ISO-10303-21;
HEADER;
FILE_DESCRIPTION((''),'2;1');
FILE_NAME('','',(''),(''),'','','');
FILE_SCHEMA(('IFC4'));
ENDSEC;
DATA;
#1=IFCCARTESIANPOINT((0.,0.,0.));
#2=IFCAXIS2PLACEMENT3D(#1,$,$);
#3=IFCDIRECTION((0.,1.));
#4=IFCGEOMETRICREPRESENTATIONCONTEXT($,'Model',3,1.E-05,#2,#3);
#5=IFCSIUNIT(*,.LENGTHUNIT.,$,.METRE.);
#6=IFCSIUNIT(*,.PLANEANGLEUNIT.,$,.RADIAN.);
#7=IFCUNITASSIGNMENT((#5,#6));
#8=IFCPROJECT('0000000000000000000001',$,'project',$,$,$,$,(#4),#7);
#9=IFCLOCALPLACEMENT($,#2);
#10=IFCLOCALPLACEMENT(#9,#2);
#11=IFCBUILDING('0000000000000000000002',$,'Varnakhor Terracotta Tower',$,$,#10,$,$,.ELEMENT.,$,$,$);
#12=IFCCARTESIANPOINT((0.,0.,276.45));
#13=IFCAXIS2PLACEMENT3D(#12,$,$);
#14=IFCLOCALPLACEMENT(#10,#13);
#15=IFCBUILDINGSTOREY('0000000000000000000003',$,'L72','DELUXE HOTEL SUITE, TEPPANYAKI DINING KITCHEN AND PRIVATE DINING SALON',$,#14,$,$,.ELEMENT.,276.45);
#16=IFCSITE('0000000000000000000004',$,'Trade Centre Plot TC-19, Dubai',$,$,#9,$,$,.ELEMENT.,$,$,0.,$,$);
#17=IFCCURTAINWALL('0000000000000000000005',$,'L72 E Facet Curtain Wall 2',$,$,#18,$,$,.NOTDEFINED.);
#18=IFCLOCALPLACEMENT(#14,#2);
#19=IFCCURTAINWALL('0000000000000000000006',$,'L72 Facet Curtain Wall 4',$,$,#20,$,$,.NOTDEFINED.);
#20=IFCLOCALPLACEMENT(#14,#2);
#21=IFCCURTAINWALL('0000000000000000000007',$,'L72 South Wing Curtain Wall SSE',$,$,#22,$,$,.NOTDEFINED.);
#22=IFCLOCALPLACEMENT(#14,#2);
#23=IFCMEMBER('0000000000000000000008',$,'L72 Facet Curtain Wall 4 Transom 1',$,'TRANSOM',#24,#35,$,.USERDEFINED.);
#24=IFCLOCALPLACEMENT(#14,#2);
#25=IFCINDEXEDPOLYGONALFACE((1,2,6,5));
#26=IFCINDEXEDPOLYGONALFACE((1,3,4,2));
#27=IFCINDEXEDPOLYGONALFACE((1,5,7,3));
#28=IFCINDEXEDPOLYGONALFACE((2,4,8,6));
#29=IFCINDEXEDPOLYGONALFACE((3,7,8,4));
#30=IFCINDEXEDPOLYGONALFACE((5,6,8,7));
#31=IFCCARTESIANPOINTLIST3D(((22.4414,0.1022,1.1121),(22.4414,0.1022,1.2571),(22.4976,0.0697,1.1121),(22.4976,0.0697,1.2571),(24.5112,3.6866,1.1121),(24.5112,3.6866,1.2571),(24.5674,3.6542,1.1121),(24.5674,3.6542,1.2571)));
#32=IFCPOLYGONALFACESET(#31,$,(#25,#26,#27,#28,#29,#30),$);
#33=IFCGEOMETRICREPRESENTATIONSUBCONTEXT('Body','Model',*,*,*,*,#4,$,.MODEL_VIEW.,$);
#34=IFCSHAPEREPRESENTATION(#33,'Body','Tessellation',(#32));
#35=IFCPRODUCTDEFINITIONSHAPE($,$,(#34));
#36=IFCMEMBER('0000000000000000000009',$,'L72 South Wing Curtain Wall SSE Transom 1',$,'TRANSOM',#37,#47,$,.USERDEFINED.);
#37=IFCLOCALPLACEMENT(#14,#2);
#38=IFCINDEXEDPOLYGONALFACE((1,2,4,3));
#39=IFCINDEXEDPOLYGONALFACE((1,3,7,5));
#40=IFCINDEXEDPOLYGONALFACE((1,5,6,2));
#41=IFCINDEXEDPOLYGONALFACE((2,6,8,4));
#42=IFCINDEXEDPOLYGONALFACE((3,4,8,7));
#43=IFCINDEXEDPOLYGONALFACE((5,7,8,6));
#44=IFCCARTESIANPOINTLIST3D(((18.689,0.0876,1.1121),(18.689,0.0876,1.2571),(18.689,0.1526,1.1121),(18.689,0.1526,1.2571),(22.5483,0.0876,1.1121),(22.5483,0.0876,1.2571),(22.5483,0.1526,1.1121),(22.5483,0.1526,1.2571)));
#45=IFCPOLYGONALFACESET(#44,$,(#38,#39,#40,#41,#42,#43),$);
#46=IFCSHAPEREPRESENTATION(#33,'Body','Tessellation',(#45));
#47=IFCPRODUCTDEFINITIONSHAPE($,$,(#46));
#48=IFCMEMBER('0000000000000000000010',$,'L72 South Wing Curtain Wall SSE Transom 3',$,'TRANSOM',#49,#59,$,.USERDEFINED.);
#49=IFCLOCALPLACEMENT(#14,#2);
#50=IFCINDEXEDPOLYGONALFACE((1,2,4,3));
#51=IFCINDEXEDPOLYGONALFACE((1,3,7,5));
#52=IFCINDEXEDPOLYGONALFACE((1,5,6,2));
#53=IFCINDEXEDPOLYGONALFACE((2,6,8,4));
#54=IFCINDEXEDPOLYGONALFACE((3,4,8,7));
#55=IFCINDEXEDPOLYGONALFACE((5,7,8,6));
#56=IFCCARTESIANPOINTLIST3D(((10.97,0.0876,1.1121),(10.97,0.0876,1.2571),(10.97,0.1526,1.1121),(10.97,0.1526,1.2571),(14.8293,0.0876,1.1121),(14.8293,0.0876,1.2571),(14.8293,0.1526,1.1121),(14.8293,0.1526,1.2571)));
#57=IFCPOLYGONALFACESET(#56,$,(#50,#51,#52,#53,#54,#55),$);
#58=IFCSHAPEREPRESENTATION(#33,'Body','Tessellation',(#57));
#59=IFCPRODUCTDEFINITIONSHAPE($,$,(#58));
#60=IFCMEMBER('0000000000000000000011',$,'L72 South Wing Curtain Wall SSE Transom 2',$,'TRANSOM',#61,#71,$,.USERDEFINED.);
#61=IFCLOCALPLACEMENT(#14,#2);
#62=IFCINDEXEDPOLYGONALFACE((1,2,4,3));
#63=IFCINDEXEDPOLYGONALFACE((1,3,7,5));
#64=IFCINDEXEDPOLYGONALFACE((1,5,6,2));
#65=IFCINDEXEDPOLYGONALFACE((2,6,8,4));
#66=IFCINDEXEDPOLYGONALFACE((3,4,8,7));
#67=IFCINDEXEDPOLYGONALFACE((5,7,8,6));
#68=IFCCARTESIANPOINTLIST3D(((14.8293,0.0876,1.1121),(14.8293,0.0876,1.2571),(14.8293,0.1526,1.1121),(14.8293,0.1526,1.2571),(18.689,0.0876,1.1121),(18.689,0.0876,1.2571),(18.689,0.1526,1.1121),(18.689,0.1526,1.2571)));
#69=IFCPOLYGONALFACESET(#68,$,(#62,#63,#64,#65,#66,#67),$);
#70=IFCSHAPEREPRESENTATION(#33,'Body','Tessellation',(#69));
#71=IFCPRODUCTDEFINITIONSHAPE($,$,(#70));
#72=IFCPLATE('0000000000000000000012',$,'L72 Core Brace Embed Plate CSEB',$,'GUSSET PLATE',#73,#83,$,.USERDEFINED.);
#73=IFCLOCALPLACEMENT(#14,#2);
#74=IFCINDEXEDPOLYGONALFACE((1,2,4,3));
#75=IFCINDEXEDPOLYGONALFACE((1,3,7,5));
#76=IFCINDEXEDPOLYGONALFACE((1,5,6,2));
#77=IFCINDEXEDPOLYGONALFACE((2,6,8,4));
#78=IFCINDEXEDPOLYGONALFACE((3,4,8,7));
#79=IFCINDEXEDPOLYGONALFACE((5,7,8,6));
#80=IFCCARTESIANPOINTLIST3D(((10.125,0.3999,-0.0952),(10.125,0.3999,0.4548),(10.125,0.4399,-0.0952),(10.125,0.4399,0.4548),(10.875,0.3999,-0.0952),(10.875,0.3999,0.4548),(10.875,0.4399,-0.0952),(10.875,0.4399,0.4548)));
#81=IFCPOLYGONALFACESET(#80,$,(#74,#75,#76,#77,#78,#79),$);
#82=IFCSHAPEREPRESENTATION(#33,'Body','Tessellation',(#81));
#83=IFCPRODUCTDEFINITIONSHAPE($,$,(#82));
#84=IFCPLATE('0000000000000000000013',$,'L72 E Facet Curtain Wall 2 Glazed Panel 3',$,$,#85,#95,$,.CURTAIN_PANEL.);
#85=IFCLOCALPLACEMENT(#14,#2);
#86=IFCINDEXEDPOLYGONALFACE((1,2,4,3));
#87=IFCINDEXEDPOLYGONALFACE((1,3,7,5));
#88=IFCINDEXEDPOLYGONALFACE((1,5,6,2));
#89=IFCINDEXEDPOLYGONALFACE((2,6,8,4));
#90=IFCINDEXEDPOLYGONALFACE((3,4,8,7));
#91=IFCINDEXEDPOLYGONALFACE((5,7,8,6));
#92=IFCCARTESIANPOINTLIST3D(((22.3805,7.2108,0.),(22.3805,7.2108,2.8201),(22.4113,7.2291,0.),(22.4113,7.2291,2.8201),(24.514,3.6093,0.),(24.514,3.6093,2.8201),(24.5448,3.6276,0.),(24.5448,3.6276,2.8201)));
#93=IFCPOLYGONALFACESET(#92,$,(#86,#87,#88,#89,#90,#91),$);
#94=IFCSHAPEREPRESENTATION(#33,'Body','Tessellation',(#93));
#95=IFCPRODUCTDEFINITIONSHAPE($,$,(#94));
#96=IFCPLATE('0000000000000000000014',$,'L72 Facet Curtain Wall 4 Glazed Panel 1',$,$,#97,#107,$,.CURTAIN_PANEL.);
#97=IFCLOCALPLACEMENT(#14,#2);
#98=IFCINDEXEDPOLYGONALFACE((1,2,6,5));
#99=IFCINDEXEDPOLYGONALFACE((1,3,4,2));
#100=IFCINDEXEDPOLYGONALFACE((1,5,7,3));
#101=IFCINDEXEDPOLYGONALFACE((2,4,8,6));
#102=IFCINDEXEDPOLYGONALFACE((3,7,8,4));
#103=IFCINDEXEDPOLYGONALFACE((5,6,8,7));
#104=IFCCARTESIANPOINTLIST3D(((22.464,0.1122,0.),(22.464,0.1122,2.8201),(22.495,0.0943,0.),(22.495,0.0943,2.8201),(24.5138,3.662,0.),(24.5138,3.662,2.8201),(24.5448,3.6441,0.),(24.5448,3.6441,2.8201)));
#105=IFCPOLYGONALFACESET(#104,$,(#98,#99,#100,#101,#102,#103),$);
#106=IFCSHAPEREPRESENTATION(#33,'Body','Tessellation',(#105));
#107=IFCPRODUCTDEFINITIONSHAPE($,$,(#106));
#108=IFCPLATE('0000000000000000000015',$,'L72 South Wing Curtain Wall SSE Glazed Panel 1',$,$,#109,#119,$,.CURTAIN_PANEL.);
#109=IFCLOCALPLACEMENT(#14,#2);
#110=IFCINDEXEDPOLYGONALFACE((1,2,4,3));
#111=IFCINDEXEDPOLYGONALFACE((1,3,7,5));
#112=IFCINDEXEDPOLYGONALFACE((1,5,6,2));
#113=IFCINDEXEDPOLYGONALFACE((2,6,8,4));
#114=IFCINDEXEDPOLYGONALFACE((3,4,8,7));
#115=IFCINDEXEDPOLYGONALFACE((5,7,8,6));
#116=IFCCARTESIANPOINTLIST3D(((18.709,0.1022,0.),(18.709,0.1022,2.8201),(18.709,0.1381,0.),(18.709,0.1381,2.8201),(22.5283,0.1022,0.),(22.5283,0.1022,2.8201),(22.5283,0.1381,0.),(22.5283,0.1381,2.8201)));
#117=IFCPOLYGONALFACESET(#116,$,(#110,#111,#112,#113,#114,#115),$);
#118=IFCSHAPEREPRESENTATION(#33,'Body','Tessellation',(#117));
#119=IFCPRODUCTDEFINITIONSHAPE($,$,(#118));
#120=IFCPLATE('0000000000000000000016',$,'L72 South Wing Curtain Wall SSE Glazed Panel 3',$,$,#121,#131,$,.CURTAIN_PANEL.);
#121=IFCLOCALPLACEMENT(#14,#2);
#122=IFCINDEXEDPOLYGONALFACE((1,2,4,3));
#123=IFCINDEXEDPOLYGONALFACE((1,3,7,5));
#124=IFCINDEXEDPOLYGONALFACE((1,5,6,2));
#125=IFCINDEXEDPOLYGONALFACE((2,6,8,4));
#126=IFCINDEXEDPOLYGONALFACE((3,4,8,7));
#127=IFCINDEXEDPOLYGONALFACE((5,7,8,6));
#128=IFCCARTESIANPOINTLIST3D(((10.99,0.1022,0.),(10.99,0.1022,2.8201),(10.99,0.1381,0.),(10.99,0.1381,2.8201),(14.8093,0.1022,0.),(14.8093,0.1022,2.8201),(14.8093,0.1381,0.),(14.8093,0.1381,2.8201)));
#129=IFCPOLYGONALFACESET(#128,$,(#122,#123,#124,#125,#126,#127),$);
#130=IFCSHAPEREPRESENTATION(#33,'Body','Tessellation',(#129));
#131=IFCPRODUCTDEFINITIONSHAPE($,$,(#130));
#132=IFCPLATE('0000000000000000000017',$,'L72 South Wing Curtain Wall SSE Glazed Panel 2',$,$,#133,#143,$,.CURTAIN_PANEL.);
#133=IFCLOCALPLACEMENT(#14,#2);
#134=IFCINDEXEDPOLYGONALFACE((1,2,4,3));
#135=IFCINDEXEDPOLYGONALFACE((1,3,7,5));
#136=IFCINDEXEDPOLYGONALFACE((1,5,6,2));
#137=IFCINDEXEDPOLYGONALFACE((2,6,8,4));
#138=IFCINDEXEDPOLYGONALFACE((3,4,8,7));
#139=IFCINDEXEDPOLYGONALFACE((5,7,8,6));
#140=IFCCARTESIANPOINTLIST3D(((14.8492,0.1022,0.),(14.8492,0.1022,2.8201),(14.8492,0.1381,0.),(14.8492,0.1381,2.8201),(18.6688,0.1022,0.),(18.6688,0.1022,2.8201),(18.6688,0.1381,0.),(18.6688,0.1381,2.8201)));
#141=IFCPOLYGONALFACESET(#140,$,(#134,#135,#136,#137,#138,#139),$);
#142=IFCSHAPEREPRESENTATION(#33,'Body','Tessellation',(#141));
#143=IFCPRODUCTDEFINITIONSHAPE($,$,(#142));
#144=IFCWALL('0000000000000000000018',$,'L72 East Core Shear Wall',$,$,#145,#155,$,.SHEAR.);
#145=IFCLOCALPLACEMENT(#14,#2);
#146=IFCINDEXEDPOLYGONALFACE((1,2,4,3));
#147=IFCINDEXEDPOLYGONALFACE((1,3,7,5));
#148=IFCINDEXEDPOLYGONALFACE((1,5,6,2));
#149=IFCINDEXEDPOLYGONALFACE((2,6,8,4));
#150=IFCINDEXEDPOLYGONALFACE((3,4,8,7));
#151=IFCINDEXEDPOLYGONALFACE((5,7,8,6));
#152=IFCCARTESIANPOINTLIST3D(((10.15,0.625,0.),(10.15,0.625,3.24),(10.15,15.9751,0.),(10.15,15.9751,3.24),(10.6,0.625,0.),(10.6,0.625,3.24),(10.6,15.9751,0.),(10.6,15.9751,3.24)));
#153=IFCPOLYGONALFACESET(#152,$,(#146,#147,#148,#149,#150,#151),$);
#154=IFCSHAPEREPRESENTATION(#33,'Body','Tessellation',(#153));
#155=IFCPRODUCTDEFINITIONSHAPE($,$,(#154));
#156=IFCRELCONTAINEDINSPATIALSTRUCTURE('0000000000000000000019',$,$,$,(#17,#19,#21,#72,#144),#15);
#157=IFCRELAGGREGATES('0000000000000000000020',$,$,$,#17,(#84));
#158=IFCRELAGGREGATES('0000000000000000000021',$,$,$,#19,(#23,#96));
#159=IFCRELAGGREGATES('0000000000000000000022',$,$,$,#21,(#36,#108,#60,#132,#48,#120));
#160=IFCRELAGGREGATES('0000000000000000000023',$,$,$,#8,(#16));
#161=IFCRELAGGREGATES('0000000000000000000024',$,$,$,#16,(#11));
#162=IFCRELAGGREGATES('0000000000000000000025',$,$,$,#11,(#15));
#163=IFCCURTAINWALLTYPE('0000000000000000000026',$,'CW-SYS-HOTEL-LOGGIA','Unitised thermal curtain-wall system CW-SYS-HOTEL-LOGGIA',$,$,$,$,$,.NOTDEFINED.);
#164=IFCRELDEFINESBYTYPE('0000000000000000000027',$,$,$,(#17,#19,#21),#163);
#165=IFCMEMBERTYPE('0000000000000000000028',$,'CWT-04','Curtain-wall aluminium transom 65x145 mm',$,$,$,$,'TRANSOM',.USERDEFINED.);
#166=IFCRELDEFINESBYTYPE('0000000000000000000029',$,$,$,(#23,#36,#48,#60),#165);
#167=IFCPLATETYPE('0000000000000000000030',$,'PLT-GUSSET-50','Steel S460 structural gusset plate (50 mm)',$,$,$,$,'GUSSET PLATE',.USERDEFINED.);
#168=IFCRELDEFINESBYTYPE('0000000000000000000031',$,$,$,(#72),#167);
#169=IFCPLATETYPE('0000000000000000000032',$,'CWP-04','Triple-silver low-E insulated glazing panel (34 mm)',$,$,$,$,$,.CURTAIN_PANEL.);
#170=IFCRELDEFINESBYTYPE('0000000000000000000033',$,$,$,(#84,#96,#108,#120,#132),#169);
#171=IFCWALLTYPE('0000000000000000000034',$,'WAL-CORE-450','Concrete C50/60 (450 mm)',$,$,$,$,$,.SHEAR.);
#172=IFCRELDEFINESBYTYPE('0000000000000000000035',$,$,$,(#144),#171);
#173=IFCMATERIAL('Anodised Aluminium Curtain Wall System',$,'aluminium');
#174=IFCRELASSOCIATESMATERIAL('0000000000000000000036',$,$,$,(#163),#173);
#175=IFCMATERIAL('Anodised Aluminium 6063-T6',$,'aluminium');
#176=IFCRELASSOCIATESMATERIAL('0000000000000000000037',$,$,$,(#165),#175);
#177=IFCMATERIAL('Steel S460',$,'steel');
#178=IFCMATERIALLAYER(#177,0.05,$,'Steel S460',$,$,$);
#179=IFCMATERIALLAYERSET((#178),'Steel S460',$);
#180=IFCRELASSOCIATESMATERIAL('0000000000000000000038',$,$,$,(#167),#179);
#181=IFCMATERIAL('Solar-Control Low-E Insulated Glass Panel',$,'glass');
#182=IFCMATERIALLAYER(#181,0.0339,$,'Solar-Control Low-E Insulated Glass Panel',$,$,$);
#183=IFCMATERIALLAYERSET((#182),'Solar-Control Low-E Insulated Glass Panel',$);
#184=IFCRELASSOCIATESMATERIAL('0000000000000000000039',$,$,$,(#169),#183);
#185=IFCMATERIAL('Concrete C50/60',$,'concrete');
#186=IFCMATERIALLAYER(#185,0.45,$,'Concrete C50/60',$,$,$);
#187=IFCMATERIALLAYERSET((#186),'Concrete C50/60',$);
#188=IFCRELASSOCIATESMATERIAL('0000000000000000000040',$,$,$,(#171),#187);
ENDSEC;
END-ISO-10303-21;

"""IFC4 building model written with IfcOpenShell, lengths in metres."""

from ifc_helpers import new_model, si_unit, direction, frame, frame_2d, origin, origin_2d, place, context, subcontext, project, spatial, rectangle, extrude, source, transform, mapped, material, layer, layer_set, material_profile, profile_set, type_object, type_shapes, element, aggregate, save


model = new_model("IFC4")

# Units and contexts
model_context = context("Model", 3, precision=1e-05, world=origin(), true_north=direction((0.0, 1.0)))
body_context = subcontext(model_context, "Body", "Model", "MODEL_VIEW")
ifc_project = project(units=[si_unit("LENGTHUNIT", "METRE"), si_unit("PLANEANGLEUNIT", "RADIAN")], contexts=[model_context])

# Site, building, storey
site_placement = place(None, origin())
site = spatial("IfcSite", under=ifc_project, at=site_placement, Name="Trade Centre Plot TC-19, Dubai", CompositionType="ELEMENT", RefElevation=0.0)
building_placement = place(site_placement, origin())
building = spatial("IfcBuilding", under=site, at=building_placement, Name="Varnakhor Terracotta Tower", CompositionType="ELEMENT")
storey_placement = place(building_placement, frame((0.0, 0.0, 276.45)))
storey = spatial("IfcBuildingStorey", under=building, at=storey_placement, Name="L72", Description="DELUXE HOTEL SUITE, TEPPANYAKI DINING KITCHEN AND PRIVATE DINING SALON", CompositionType="ELEMENT", Elevation=276.45)

# Shared definitions
ifc_material_1 = material(Name="Concrete C50/60", Category="concrete")

# Curtain walls
ifc_material_2 = material(Name="Anodised Aluminium Curtain Wall System", Category="aluminium")
curtain_wall_type = type_object("IfcCurtainWallType", Name="CW-SYS-HOTEL-LOGGIA", Description="Unitised thermal curtain-wall system CW-SYS-HOTEL-LOGGIA", PredefinedType="NOTDEFINED", material=ifc_material_2)
curtain_wall_1_placement = place(storey_placement, origin())
curtain_wall_1 = element("IfcCurtainWall", 1, at=curtain_wall_1_placement, inside=storey, type_object=curtain_wall_type, Name="L72 E Facet Curtain Wall 2", PredefinedType="NOTDEFINED")
ifc_material_3 = material(Name="Anodised Aluminium 6063-T6", Category="aluminium")
curtain_wall_2_placement = place(storey_placement, origin())
curtain_wall_2 = element("IfcCurtainWall", 2, at=curtain_wall_2_placement, inside=storey, type_object=curtain_wall_type, Name="L72 Facet Curtain Wall 4", PredefinedType="NOTDEFINED")

# Curtain wall
curtain_wall_3_placement = place(storey_placement, origin())
curtain_wall_3 = element("IfcCurtainWall", 3, at=curtain_wall_3_placement, inside=storey, type_object=curtain_wall_type, Name="L72 South Wing Curtain Wall SSE", PredefinedType="NOTDEFINED")

# Members
ifc_material_profile_1 = material_profile(ifc_material_3, rectangle(XDim=0.0649, YDim=0.145, at=origin_2d()), Name="ALU TRANSOM 65x145")
ifc_profile_set_1 = profile_set([ifc_material_profile_1], Name="Anodised Aluminium 6063-T6")
member_type_1 = type_object("IfcMemberType", Name="CWT-04", Description="Curtain-wall aluminium transom 65x145 mm", ElementType="TRANSOM", PredefinedType="USERDEFINED", material=ifc_profile_set_1)
shared_shape_1 = source(origin(), body_context, "Body", "SweptSolid", [
    extrude(rectangle(XDim=0.0649, YDim=0.145, at=origin_2d()), origin(), (0.0, 0.0, 1.0), 4.1392),
])
member_1_placement = place(storey_placement, frame((24.5393, 3.6704, 1.1846), z_axis=(-0.500059, -0.865991, 0.0), x_axis=(0.865991, -0.500059, 0.0)))
member_1 = element("IfcMember", 4, at=member_1_placement, type_object=member_type_1, Name="L72 Facet Curtain Wall 4 Transom 1", ObjectType="TRANSOM", PredefinedType="USERDEFINED", context=body_context, shape_type="MappedRepresentation", body=[
    mapped(shared_shape_1, transform((0.0, 0.0, 0.0), scale=1.0)),
])
shared_shape_2 = source(origin(), body_context, "Body", "SweptSolid", [
    extrude(rectangle(XDim=0.0649, YDim=0.145, at=origin_2d()), origin(), (0.0, 0.0, 1.0), 3.8594),
])
member_2_placement = place(storey_placement, frame((22.5483, 0.1201, 1.1846), z_axis=(-1.0, 0.0, 0.0), x_axis=(0.0, -1.0, 0.0)))
member_2 = element("IfcMember", 5, at=member_2_placement, type_object=member_type_1, Name="L72 South Wing Curtain Wall SSE Transom 1", ObjectType="TRANSOM", PredefinedType="USERDEFINED", context=body_context, shape_type="MappedRepresentation", body=[
    mapped(shared_shape_2, transform((0.0, 0.0, 0.0), scale=1.0)),
])
member_3_placement = place(storey_placement, frame((14.8293, 0.1201, 1.1846), z_axis=(-1.0, 0.0, 0.0), x_axis=(0.0, -1.0, 0.0)))
member_3 = element("IfcMember", 6, at=member_3_placement, type_object=member_type_1, Name="L72 South Wing Curtain Wall SSE Transom 3", ObjectType="TRANSOM", PredefinedType="USERDEFINED", context=body_context, shape_type="MappedRepresentation", body=[
    mapped(shared_shape_2, transform((0.0, 0.0, 0.0), scale=1.0)),
])
shared_shape_3 = source(origin(), body_context, "Body", "SweptSolid", [
    extrude(rectangle(XDim=0.0649, YDim=0.145, at=origin_2d()), origin(), (0.0, 0.0, 1.0), 3.8596),
])
member_4_placement = place(storey_placement, frame((18.689, 0.1201, 1.1846), z_axis=(-1.0, 0.0, 0.0), x_axis=(0.0, -1.0, 0.0)))
member_4 = element("IfcMember", 7, at=member_4_placement, type_object=member_type_1, Name="L72 South Wing Curtain Wall SSE Transom 2", ObjectType="TRANSOM", PredefinedType="USERDEFINED", context=body_context, shape_type="MappedRepresentation", body=[
    mapped(shared_shape_3, transform((0.0, 0.0, 0.0), scale=1.0)),
])

# Plates
ifc_material_4 = material(Name="Steel S460", Category="steel")
ifc_layer_1 = layer(ifc_material_4, 0.05, Name="Steel S460")
ifc_layer_set_1 = layer_set([ifc_layer_1], Name="Steel S460")
plate_type_1 = type_object("IfcPlateType", Name="PLT-GUSSET-50", Description="Steel S460 structural gusset plate (50 mm)", ElementType="GUSSET PLATE", PredefinedType="USERDEFINED", material=ifc_layer_set_1)
shared_shape_4 = source(origin(), body_context, "Body", "SweptSolid", [
    extrude(rectangle(XDim=0.75, YDim=0.04, at=origin_2d()), origin(), (0.0, 0.0, 1.0), 0.55),
])
type_shapes(plate_type_1, [shared_shape_4])
plate_1_placement = place(storey_placement, frame((10.5, 0.4199, -0.0952), z_axis=(0.0, 0.0, 1.0), x_axis=(1.0, 0.0, 0.0)))
element("IfcPlate", 8, at=plate_1_placement, inside=storey, type_object=plate_type_1, Name="L72 Core Brace Embed Plate CSEB", ObjectType="GUSSET PLATE", PredefinedType="USERDEFINED", context=body_context, shape_type="MappedRepresentation", body=[
    mapped(shared_shape_4, transform((0.0, 0.0, 0.0), scale=1.0)),
])
ifc_material_5 = material(Name="Solar-Control Low-E Insulated Glass Panel", Category="glass")
ifc_layer_2 = layer(ifc_material_5, 0.0339, Name="Solar-Control Low-E Insulated Glass Panel")
ifc_layer_set_2 = layer_set([ifc_layer_2], Name="Solar-Control Low-E Insulated Glass Panel")
plate_type_2 = type_object("IfcPlateType", Name="CWP-04", Description="Triple-silver low-E insulated glazing panel (34 mm)", PredefinedType="CURTAIN_PANEL", material=ifc_layer_set_2)
shared_shape_5 = source(origin(), body_context, "Body", "SweptSolid", [
    extrude(rectangle(XDim=4.186, YDim=0.0359, at=origin_2d()), origin(), (0.0, 0.0, 1.0), 2.8201),
])
plate_2_placement = place(storey_placement, frame((23.4626, 5.4192, 0.0), z_axis=(0.0, 0.0, 1.0), x_axis=(0.509672, -0.860369, 0.0)))
plate_2 = element("IfcPlate", 9, at=plate_2_placement, type_object=plate_type_2, Name="L72 E Facet Curtain Wall 2 Glazed Panel 3", PredefinedType="CURTAIN_PANEL", context=body_context, shape_type="MappedRepresentation", body=[
    mapped(shared_shape_5, transform((0.0, 0.0, 0.0), scale=1.0)),
])
aggregate(curtain_wall_1, [plate_2])
shared_shape_6 = source(origin(), body_context, "Body", "SweptSolid", [
    extrude(rectangle(XDim=4.0991, YDim=0.0359, at=origin_2d()), origin(), (0.0, 0.0, 1.0), 2.8201),
])
plate_3_placement = place(storey_placement, frame((23.5044, 1.8782, 0.0), z_axis=(0.0, 0.0, 1.0), x_axis=(-0.50006, -0.86599, 0.0)))
plate_3 = element("IfcPlate", 10, at=plate_3_placement, type_object=plate_type_2, Name="L72 Facet Curtain Wall 4 Glazed Panel 1", PredefinedType="CURTAIN_PANEL", context=body_context, shape_type="MappedRepresentation", body=[
    mapped(shared_shape_6, transform((0.0, 0.0, 0.0), scale=1.0)),
])
aggregate(curtain_wall_2, [member_1, plate_3])
shared_shape_7 = source(origin(), body_context, "Body", "SweptSolid", [
    extrude(rectangle(XDim=3.8193, YDim=0.0359, at=origin_2d()), origin(), (0.0, 0.0, 1.0), 2.8201),
])
plate_4_placement = place(storey_placement, frame((20.6187, 0.1201, 0.0), z_axis=(0.0, 0.0, 1.0), x_axis=(-1.0, 0.0, 0.0)))
plate_4 = element("IfcPlate", 11, at=plate_4_placement, type_object=plate_type_2, Name="L72 South Wing Curtain Wall SSE Glazed Panel 1", PredefinedType="CURTAIN_PANEL", context=body_context, shape_type="MappedRepresentation", body=[
    mapped(shared_shape_7, transform((0.0, 0.0, 0.0), scale=1.0)),
])
plate_5_placement = place(storey_placement, frame((12.8997, 0.1201, 0.0), z_axis=(0.0, 0.0, 1.0), x_axis=(-1.0, 0.0, 0.0)))
plate_5 = element("IfcPlate", 12, at=plate_5_placement, type_object=plate_type_2, Name="L72 South Wing Curtain Wall SSE Glazed Panel 3", PredefinedType="CURTAIN_PANEL", context=body_context, shape_type="MappedRepresentation", body=[
    mapped(shared_shape_7, transform((0.0, 0.0, 0.0), scale=1.0)),
])
shared_shape_8 = source(origin(), body_context, "Body", "SweptSolid", [
    extrude(rectangle(XDim=3.8196, YDim=0.0359, at=origin_2d()), origin(), (0.0, 0.0, 1.0), 2.8201),
])
plate_6_placement = place(storey_placement, frame((16.759, 0.1201, 0.0), z_axis=(0.0, 0.0, 1.0), x_axis=(-1.0, 0.0, 0.0)))
plate_6 = element("IfcPlate", 13, at=plate_6_placement, type_object=plate_type_2, Name="L72 South Wing Curtain Wall SSE Glazed Panel 2", PredefinedType="CURTAIN_PANEL", context=body_context, shape_type="MappedRepresentation", body=[
    mapped(shared_shape_8, transform((0.0, 0.0, 0.0), scale=1.0)),
])
aggregate(curtain_wall_3, [member_2, plate_4, member_4, plate_6, member_3, plate_5])

# Wall
ifc_layer_3 = layer(ifc_material_1, 0.45, Name="Concrete C50/60")
ifc_layer_set_3 = layer_set([ifc_layer_3], Name="Concrete C50/60")
wall_type_1 = type_object("IfcWallType", Name="WAL-CORE-450", Description="Concrete C50/60 (450 mm)", PredefinedType="SHEAR", material=ifc_layer_set_3)
wall_1_placement = place(storey_placement, frame((10.375, 0.625, 0.0), z_axis=(0.0, 0.0, 1.0), x_axis=(0.0, 1.0, 0.0)))
element("IfcWall", 14, at=wall_1_placement, inside=storey, type_object=wall_type_1, Name="L72 East Core Shear Wall", PredefinedType="SHEAR", context=body_context, shape_type="SweptSolid", body=[
    extrude(rectangle(XDim=15.3501, YDim=0.45, at=frame_2d((7.675, 0.0))), origin(), (0.0, 0.0, 1.0), 3.24),
])

save(model, "model.ifc")
